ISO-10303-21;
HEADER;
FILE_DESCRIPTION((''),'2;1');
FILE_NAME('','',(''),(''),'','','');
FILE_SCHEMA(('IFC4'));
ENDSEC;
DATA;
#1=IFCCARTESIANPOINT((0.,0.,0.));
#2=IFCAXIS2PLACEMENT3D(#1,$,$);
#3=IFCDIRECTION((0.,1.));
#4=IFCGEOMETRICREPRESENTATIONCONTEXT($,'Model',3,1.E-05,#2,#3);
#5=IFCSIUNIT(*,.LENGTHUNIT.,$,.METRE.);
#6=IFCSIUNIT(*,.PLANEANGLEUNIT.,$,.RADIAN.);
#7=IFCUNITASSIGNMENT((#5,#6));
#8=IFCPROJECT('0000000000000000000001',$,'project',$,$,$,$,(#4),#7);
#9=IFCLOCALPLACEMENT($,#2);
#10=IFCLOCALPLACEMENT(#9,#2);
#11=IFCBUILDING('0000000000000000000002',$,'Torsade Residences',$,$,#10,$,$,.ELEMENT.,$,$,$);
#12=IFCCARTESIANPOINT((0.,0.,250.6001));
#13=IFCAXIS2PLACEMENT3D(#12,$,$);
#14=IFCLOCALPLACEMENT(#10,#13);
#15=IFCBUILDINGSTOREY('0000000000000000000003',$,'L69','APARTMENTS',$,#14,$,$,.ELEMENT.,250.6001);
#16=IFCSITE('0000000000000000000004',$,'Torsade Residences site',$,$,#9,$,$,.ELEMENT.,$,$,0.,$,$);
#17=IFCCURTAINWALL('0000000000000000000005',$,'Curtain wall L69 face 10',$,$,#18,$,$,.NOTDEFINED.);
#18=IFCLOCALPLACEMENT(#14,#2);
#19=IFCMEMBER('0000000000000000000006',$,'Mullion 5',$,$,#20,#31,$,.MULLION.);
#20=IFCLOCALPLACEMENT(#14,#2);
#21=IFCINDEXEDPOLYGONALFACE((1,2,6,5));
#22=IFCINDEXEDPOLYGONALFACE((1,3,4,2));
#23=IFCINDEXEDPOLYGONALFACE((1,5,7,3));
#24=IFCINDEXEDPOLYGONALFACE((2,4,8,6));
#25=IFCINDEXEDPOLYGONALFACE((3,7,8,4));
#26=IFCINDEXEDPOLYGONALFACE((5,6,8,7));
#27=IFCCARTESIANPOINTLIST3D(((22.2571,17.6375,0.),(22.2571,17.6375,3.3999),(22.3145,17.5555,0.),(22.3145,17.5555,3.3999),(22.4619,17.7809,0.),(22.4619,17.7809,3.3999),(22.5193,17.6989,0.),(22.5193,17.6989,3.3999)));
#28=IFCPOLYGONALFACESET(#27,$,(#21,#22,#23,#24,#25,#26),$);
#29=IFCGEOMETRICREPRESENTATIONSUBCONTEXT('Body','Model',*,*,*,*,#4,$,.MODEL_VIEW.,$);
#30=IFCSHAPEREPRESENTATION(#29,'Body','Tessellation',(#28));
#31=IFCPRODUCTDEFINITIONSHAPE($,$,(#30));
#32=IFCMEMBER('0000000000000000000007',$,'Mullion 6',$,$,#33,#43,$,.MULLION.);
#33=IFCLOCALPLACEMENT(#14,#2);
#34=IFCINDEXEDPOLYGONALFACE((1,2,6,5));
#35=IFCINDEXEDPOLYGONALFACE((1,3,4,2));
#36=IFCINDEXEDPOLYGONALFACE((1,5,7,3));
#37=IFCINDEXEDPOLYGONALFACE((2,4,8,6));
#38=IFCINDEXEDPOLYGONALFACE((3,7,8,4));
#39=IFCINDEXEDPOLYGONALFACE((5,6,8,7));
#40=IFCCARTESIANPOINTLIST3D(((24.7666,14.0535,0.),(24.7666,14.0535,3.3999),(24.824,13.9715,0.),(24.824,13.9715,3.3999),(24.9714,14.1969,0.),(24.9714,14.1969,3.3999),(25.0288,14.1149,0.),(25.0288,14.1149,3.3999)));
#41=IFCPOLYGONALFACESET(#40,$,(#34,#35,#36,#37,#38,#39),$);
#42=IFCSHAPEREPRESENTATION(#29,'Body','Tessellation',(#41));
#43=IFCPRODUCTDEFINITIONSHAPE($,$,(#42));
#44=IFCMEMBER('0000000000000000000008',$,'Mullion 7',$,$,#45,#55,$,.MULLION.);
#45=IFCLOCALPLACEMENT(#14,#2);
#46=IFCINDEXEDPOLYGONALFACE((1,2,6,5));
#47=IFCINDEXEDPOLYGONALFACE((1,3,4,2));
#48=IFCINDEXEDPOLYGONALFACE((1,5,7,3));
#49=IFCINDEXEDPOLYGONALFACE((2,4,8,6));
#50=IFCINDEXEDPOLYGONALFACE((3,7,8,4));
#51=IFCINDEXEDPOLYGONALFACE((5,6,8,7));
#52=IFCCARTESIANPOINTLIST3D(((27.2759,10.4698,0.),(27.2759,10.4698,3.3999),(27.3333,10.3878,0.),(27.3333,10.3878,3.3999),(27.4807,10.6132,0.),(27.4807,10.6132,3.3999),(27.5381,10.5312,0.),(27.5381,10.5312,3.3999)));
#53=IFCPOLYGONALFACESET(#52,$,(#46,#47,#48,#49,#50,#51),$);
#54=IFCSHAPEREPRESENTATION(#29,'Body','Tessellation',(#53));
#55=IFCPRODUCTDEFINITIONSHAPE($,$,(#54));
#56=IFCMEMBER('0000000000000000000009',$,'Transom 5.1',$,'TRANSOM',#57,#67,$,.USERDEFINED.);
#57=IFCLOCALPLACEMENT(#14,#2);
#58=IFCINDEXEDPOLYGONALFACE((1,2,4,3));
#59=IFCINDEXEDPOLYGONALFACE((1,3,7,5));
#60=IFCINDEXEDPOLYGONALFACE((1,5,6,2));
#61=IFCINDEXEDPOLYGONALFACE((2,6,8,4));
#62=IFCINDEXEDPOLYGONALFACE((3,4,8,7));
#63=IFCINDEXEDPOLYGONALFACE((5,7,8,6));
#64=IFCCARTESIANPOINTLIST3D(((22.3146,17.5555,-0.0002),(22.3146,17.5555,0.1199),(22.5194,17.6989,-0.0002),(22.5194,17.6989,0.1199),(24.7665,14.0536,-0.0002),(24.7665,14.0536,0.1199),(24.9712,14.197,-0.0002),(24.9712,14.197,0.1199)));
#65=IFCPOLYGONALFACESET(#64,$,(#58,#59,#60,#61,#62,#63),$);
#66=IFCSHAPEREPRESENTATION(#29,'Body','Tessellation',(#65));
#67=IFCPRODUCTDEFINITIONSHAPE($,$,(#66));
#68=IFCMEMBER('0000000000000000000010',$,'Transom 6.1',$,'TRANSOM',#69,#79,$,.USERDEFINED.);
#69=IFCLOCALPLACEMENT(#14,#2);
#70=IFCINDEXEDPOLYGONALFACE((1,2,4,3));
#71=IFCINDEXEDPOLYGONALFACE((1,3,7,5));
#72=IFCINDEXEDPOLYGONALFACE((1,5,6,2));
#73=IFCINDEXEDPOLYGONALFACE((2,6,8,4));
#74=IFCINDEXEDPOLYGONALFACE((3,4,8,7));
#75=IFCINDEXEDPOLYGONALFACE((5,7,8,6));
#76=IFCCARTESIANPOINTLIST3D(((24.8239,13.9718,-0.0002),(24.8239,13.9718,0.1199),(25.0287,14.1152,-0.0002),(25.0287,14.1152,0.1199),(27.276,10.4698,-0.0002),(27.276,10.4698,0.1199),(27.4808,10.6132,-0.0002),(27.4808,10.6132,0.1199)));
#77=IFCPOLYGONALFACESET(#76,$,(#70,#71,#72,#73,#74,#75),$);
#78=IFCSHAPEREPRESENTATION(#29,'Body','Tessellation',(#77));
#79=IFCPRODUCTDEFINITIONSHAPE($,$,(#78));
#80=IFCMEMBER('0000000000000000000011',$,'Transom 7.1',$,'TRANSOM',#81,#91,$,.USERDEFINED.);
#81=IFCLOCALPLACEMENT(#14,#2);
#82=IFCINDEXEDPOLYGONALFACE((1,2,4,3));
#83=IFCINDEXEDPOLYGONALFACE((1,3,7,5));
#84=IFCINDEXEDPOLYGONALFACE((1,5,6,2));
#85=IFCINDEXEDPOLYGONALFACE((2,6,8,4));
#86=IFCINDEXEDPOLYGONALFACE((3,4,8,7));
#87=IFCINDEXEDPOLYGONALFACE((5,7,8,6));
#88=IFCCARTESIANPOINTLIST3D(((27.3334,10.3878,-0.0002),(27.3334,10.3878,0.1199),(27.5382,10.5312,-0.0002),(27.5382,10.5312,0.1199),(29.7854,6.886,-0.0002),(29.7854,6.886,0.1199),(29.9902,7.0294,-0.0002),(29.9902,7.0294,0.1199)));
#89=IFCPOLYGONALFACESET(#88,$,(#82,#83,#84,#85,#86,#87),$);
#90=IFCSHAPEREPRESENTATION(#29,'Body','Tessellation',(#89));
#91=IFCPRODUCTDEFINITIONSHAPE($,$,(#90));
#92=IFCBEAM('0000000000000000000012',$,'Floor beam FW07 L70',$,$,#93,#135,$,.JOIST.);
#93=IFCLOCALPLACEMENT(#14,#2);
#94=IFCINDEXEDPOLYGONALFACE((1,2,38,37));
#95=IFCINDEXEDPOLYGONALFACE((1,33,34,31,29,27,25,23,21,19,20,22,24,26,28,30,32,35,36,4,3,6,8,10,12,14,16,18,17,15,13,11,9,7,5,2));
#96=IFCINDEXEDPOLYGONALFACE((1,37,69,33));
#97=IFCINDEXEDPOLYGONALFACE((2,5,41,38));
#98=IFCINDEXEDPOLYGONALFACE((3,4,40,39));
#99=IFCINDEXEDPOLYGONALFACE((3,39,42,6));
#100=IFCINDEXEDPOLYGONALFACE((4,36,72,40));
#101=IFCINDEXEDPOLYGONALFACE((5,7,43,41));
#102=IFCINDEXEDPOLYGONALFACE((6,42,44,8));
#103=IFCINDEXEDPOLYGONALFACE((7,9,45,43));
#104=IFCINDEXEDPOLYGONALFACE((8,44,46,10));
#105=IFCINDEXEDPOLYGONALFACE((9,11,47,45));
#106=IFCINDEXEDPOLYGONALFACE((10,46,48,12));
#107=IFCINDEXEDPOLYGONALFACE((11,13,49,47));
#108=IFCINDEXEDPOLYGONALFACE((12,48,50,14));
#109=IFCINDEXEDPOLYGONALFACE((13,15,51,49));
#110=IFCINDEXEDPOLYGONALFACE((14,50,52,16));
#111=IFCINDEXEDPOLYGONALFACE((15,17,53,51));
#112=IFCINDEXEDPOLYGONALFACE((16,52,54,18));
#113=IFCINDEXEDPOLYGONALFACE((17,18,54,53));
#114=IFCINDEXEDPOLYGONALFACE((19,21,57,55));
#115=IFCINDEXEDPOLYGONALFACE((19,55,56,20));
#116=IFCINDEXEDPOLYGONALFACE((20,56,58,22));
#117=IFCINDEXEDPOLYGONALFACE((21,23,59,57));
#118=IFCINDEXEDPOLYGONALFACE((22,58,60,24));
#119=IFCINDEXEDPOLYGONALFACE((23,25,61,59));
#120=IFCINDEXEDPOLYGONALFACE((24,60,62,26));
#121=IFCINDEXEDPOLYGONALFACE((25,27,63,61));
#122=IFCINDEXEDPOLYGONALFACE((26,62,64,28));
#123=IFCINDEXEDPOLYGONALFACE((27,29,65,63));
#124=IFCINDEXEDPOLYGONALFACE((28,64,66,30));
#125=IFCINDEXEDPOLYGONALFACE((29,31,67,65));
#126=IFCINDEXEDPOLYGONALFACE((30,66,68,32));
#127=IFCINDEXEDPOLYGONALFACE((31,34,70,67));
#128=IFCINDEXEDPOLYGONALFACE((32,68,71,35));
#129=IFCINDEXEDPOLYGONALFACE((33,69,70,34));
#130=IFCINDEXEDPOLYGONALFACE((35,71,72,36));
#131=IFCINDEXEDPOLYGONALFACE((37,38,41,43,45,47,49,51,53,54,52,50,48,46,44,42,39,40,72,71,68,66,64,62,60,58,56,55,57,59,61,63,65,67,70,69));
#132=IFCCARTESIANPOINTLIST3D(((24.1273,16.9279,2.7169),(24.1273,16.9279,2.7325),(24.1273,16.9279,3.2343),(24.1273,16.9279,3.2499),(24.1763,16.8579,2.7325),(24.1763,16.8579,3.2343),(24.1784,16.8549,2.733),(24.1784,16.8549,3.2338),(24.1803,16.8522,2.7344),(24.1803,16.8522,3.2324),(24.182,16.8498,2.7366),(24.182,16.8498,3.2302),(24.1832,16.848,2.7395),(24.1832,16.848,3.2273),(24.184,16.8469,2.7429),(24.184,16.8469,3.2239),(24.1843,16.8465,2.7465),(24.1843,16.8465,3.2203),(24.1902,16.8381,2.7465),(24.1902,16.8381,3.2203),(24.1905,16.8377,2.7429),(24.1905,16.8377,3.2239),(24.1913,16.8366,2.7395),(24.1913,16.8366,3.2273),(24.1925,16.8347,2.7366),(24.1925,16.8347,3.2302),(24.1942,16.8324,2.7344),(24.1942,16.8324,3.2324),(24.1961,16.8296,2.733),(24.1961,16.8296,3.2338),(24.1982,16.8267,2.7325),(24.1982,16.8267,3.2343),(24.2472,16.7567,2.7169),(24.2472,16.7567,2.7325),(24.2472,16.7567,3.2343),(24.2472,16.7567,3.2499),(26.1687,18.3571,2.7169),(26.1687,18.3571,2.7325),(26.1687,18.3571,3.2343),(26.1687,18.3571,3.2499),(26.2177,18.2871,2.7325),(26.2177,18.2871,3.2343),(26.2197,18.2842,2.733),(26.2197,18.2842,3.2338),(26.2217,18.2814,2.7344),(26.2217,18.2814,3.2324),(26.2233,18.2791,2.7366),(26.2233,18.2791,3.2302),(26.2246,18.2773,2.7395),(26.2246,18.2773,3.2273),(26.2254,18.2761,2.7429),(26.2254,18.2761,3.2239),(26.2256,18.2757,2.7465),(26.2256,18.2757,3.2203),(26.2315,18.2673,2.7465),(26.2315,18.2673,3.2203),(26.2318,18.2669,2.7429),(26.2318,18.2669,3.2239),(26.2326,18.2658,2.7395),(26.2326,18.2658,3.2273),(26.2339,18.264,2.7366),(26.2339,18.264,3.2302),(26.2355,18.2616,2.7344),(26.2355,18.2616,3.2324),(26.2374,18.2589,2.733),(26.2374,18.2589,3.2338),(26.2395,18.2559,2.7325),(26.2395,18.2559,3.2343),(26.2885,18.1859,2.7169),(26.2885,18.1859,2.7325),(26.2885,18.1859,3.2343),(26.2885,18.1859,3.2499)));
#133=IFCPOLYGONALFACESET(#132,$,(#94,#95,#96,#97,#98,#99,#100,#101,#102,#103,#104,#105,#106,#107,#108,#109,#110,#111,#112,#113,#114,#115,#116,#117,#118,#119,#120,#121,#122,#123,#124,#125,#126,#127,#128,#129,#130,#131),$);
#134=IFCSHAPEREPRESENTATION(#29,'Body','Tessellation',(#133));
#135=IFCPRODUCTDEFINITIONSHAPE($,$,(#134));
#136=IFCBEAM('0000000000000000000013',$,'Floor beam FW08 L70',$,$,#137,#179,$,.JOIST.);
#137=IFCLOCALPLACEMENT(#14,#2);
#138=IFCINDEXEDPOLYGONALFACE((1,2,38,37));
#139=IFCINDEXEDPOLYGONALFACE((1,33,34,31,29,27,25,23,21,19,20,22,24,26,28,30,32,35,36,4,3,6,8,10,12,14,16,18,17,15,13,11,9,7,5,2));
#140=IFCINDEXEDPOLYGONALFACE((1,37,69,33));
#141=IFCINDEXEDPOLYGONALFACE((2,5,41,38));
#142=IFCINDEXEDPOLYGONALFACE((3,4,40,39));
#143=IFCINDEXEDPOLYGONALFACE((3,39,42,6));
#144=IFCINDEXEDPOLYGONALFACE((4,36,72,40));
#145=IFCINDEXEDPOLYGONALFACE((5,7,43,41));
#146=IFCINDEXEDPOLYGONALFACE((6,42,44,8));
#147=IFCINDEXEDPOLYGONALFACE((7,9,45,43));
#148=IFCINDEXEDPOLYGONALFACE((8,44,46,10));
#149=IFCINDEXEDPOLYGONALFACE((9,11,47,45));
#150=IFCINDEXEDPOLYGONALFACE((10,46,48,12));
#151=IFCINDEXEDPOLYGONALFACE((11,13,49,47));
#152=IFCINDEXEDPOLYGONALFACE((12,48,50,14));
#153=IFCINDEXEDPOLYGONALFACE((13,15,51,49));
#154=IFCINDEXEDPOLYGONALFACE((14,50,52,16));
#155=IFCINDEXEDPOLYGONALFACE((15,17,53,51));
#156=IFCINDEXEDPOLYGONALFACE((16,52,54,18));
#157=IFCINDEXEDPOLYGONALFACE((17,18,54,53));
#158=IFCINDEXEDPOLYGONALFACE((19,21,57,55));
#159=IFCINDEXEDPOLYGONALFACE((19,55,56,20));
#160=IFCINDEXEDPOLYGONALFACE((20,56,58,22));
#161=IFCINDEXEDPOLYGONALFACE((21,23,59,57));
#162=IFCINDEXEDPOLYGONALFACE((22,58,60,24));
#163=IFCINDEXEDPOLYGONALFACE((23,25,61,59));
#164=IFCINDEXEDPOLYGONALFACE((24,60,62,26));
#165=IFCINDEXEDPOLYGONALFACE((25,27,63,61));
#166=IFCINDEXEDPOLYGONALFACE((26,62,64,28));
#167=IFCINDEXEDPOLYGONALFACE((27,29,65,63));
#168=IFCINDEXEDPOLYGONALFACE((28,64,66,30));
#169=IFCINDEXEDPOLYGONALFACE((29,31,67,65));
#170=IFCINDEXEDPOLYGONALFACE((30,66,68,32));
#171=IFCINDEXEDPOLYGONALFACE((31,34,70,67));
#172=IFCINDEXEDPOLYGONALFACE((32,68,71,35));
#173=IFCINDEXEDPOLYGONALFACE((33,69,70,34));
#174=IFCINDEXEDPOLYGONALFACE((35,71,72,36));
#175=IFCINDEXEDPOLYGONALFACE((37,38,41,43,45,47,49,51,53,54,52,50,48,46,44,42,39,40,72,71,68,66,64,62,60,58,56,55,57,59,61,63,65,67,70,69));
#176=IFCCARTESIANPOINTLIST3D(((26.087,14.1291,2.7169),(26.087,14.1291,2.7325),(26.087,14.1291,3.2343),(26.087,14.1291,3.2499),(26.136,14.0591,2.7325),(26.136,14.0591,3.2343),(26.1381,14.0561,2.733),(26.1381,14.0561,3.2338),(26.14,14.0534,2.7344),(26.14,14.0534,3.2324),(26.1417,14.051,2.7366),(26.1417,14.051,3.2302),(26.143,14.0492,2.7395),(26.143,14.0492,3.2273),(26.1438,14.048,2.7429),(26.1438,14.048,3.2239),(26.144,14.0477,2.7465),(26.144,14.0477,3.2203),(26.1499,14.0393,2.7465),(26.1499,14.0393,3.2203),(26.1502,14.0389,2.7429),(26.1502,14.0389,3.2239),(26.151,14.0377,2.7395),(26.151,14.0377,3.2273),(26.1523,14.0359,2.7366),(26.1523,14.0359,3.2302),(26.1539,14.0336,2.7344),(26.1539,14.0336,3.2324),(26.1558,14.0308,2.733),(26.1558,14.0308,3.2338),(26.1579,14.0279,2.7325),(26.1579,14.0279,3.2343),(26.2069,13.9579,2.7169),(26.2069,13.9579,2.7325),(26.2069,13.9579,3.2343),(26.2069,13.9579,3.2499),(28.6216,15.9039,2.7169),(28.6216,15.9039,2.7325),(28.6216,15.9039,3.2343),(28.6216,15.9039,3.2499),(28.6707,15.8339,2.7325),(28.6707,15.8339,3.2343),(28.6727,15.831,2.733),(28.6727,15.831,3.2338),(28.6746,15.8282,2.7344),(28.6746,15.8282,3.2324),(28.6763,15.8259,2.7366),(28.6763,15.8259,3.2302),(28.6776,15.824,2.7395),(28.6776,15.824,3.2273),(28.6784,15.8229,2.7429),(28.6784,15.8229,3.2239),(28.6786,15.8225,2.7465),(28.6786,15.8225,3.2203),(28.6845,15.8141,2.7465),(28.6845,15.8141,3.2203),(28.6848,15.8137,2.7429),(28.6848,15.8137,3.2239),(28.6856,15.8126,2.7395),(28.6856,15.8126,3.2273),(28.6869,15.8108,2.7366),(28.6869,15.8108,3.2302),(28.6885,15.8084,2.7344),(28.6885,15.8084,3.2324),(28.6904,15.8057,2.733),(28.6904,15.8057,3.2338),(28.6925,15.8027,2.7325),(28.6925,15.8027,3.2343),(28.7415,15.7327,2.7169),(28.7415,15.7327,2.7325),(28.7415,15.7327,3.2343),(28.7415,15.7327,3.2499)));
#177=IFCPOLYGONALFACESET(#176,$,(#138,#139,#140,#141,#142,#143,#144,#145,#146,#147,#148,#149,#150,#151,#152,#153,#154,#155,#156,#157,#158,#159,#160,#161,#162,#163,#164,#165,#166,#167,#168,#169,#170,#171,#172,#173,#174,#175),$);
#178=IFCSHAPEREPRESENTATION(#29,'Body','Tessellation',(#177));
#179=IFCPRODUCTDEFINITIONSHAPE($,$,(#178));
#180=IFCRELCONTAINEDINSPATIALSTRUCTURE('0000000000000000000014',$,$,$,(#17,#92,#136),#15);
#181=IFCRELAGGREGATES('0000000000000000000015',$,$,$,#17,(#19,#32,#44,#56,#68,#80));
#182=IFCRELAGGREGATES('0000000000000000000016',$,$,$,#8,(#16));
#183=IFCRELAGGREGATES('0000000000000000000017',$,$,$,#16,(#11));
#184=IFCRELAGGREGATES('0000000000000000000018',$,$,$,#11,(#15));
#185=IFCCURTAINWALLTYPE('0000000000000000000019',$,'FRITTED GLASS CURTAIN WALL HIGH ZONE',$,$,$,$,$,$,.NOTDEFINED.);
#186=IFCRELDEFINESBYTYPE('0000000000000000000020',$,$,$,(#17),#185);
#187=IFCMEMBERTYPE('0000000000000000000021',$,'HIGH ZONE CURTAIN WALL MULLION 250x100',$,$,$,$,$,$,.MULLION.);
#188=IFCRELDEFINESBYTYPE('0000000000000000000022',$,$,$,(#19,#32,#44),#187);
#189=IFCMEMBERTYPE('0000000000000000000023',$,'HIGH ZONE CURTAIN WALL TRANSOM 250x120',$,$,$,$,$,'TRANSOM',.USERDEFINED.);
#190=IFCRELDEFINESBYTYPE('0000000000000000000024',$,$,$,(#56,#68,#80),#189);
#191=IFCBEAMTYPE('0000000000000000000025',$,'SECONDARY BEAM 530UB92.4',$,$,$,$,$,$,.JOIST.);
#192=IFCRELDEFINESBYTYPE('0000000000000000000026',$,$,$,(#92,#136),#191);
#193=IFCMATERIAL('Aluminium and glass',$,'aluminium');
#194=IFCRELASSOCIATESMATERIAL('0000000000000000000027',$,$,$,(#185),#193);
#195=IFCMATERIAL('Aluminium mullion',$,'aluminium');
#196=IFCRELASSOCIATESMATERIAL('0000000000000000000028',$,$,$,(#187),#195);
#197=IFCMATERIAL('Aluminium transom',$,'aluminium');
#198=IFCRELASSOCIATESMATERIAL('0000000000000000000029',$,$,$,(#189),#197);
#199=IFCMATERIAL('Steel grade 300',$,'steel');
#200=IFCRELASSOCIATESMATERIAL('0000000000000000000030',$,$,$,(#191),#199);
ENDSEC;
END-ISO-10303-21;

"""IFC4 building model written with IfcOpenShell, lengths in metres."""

from ifc_helpers import new_model, si_unit, direction, frame, origin, origin_2d, place, context, subcontext, project, spatial, rectangle, i_section, extrude, material, material_profile, profile_set, type_object, element, aggregate, save


model = new_model("IFC4")

# Units and contexts
model_context = context("Model", 3, precision=1e-05, world=origin(), true_north=direction((0.0, 1.0)))
body_context = subcontext(model_context, "Body", "Model", "MODEL_VIEW")
ifc_project = project(units=[si_unit("LENGTHUNIT", "METRE"), si_unit("PLANEANGLEUNIT", "RADIAN")], contexts=[model_context])

# Site, building, storey
site_placement = place(None, origin())
site = spatial("IfcSite", under=ifc_project, at=site_placement, Name="Torsade Residences site", CompositionType="ELEMENT", RefElevation=0.0)
building_placement = place(site_placement, origin())
building = spatial("IfcBuilding", under=site, at=building_placement, Name="Torsade Residences", CompositionType="ELEMENT")
storey_placement = place(building_placement, frame((0.0, 0.0, 250.6001)))
storey = spatial("IfcBuildingStorey", under=building, at=storey_placement, Name="L69", Description="APARTMENTS", CompositionType="ELEMENT", Elevation=250.6001)

# Curtain wall, members
ifc_material_1 = material(Name="Aluminium and glass", Category="aluminium")
curtain_wall_type = type_object("IfcCurtainWallType", Name="FRITTED GLASS CURTAIN WALL HIGH ZONE", PredefinedType="NOTDEFINED", material=ifc_material_1)
curtain_wall_placement = place(storey_placement, origin())
curtain_wall = element("IfcCurtainWall", 1, at=curtain_wall_placement, inside=storey, type_object=curtain_wall_type, Name="Curtain wall L69 face 10", PredefinedType="NOTDEFINED")
ifc_material_2 = material(Name="Aluminium mullion", Category="aluminium")
ifc_material_profile_1 = material_profile(ifc_material_2, rectangle(XDim=0.25, YDim=0.1001, at=origin_2d()), Name="HIGH ZONE CURTAIN WALL MULLION 250x100")
ifc_profile_set_1 = profile_set([ifc_material_profile_1], Name="Aluminium mullion")
member_type_1 = type_object("IfcMemberType", Name="HIGH ZONE CURTAIN WALL MULLION 250x100", PredefinedType="MULLION", material=ifc_profile_set_1)
member_1_placement = place(storey_placement, frame((22.3882, 17.6682, 0.0), z_axis=(0.0, 0.0, 1.0), x_axis=(0.819152, 0.573576, 0.0)))
member_1 = element("IfcMember", 2, at=member_1_placement, type_object=member_type_1, Name="Mullion 5", PredefinedType="MULLION", context=body_context, shape_type="SweptSolid", body=[
    extrude(rectangle(XDim=0.25, YDim=0.1001, at=origin_2d()), origin(), (0.0, 0.0, 1.0), 3.3999),
])
member_2_placement = place(storey_placement, frame((24.8977, 14.0842, 0.0), z_axis=(0.0, 0.0, 1.0), x_axis=(0.819152, 0.573576, 0.0)))
member_2 = element("IfcMember", 3, at=member_2_placement, type_object=member_type_1, Name="Mullion 6", PredefinedType="MULLION", context=body_context, shape_type="SweptSolid", body=[
    extrude(rectangle(XDim=0.25, YDim=0.1001, at=origin_2d()), origin(), (0.0, 0.0, 1.0), 3.3999),
])
member_3_placement = place(storey_placement, frame((27.407, 10.5005, 0.0), z_axis=(0.0, 0.0, 1.0), x_axis=(0.819152, 0.573576, 0.0)))
member_3 = element("IfcMember", 4, at=member_3_placement, type_object=member_type_1, Name="Mullion 7", PredefinedType="MULLION", context=body_context, shape_type="SweptSolid", body=[
    extrude(rectangle(XDim=0.25, YDim=0.1001, at=origin_2d()), origin(), (0.0, 0.0, 1.0), 3.3999),
])
ifc_material_3 = material(Name="Aluminium transom", Category="aluminium")
ifc_material_profile_2 = material_profile(ifc_material_3, rectangle(XDim=0.25, YDim=0.1201, at=origin_2d()), Name="HIGH ZONE CURTAIN WALL TRANSOM 250x120")
ifc_profile_set_2 = profile_set([ifc_material_profile_2], Name="Aluminium transom")
member_type_2 = type_object("IfcMemberType", Name="HIGH ZONE CURTAIN WALL TRANSOM 250x120", ElementType="TRANSOM", PredefinedType="USERDEFINED", material=ifc_profile_set_2)
member_4_placement = place(storey_placement, frame((22.417, 17.6272, 0.0598), z_axis=(0.573547, -0.819173, 0.0), x_axis=(0.819173, 0.573547, 0.0)))
member_4 = element("IfcMember", 5, at=member_4_placement, type_object=member_type_2, Name="Transom 5.1", ObjectType="TRANSOM", PredefinedType="USERDEFINED", context=body_context, shape_type="SweptSolid", body=[
    extrude(rectangle(XDim=0.25, YDim=0.1201, at=origin_2d()), origin(), (0.0, 0.0, 1.0), 4.2749),
])
member_5_placement = place(storey_placement, frame((24.9263, 14.0435, 0.0598), z_axis=(0.573585, -0.819146, 0.0), x_axis=(0.819146, 0.573585, 0.0)))
member_5 = element("IfcMember", 6, at=member_5_placement, type_object=member_type_2, Name="Transom 6.1", ObjectType="TRANSOM", PredefinedType="USERDEFINED", context=body_context, shape_type="SweptSolid", body=[
    extrude(rectangle(XDim=0.25, YDim=0.1201, at=origin_2d()), origin(), (0.0, 0.0, 1.0), 4.2751),
])
member_6_placement = place(storey_placement, frame((27.4358, 10.4595, 0.0598), z_axis=(0.573573, -0.819154, 0.0), x_axis=(0.819154, 0.573573, 0.0)))
member_6 = element("IfcMember", 7, at=member_6_placement, type_object=member_type_2, Name="Transom 7.1", ObjectType="TRANSOM", PredefinedType="USERDEFINED", context=body_context, shape_type="SweptSolid", body=[
    extrude(rectangle(XDim=0.25, YDim=0.1201, at=origin_2d()), origin(), (0.0, 0.0, 1.0), 4.2749),
])

# Beams
ifc_material_4 = material(Name="Steel grade 300", Category="steel")
ifc_material_profile_3 = material_profile(ifc_material_4, i_section(OverallWidth=0.209, OverallDepth=0.533, WebThickness=0.0103, FlangeThickness=0.0156, FilletRadius=0.0139, at=origin_2d()), Name="530UB92.4")
ifc_profile_set_3 = profile_set([ifc_material_profile_3], Name="Steel grade 300")
beam_type = type_object("IfcBeamType", Name="SECONDARY BEAM 530UB92.4", PredefinedType="JOIST", material=ifc_profile_set_3)
beam_1_placement = place(storey_placement, frame((24.1873, 16.8423, 2.9834), z_axis=(0.819172, 0.573548, 0.0), x_axis=(-0.573548, 0.819172, 0.0)))
element("IfcBeam", 8, at=beam_1_placement, inside=storey, type_object=beam_type, Name="Floor beam FW07 L70", PredefinedType="JOIST", context=body_context, shape_type="SweptSolid", body=[
    extrude(i_section(OverallWidth=0.209, OverallDepth=0.533, WebThickness=0.0103, FlangeThickness=0.0156, FilletRadius=0.0139, at=origin_2d()), origin(), (0.0, 0.0, 1.0), 2.4919),
])
beam_2_placement = place(storey_placement, frame((26.147, 14.0435, 2.9834), z_axis=(0.819136, 0.5736, 0.0), x_axis=(-0.5736, 0.819136, 0.0)))
element("IfcBeam", 9, at=beam_2_placement, inside=storey, type_object=beam_type, Name="Floor beam FW08 L70", PredefinedType="JOIST", context=body_context, shape_type="SweptSolid", body=[
    extrude(i_section(OverallWidth=0.209, OverallDepth=0.533, WebThickness=0.0103, FlangeThickness=0.0156, FilletRadius=0.0139, at=origin_2d()), origin(), (0.0, 0.0, 1.0), 3.0942),
])

aggregate(curtain_wall, [member_1, member_2, member_3, member_4, member_5, member_6])

save(model, "model.ifc")
